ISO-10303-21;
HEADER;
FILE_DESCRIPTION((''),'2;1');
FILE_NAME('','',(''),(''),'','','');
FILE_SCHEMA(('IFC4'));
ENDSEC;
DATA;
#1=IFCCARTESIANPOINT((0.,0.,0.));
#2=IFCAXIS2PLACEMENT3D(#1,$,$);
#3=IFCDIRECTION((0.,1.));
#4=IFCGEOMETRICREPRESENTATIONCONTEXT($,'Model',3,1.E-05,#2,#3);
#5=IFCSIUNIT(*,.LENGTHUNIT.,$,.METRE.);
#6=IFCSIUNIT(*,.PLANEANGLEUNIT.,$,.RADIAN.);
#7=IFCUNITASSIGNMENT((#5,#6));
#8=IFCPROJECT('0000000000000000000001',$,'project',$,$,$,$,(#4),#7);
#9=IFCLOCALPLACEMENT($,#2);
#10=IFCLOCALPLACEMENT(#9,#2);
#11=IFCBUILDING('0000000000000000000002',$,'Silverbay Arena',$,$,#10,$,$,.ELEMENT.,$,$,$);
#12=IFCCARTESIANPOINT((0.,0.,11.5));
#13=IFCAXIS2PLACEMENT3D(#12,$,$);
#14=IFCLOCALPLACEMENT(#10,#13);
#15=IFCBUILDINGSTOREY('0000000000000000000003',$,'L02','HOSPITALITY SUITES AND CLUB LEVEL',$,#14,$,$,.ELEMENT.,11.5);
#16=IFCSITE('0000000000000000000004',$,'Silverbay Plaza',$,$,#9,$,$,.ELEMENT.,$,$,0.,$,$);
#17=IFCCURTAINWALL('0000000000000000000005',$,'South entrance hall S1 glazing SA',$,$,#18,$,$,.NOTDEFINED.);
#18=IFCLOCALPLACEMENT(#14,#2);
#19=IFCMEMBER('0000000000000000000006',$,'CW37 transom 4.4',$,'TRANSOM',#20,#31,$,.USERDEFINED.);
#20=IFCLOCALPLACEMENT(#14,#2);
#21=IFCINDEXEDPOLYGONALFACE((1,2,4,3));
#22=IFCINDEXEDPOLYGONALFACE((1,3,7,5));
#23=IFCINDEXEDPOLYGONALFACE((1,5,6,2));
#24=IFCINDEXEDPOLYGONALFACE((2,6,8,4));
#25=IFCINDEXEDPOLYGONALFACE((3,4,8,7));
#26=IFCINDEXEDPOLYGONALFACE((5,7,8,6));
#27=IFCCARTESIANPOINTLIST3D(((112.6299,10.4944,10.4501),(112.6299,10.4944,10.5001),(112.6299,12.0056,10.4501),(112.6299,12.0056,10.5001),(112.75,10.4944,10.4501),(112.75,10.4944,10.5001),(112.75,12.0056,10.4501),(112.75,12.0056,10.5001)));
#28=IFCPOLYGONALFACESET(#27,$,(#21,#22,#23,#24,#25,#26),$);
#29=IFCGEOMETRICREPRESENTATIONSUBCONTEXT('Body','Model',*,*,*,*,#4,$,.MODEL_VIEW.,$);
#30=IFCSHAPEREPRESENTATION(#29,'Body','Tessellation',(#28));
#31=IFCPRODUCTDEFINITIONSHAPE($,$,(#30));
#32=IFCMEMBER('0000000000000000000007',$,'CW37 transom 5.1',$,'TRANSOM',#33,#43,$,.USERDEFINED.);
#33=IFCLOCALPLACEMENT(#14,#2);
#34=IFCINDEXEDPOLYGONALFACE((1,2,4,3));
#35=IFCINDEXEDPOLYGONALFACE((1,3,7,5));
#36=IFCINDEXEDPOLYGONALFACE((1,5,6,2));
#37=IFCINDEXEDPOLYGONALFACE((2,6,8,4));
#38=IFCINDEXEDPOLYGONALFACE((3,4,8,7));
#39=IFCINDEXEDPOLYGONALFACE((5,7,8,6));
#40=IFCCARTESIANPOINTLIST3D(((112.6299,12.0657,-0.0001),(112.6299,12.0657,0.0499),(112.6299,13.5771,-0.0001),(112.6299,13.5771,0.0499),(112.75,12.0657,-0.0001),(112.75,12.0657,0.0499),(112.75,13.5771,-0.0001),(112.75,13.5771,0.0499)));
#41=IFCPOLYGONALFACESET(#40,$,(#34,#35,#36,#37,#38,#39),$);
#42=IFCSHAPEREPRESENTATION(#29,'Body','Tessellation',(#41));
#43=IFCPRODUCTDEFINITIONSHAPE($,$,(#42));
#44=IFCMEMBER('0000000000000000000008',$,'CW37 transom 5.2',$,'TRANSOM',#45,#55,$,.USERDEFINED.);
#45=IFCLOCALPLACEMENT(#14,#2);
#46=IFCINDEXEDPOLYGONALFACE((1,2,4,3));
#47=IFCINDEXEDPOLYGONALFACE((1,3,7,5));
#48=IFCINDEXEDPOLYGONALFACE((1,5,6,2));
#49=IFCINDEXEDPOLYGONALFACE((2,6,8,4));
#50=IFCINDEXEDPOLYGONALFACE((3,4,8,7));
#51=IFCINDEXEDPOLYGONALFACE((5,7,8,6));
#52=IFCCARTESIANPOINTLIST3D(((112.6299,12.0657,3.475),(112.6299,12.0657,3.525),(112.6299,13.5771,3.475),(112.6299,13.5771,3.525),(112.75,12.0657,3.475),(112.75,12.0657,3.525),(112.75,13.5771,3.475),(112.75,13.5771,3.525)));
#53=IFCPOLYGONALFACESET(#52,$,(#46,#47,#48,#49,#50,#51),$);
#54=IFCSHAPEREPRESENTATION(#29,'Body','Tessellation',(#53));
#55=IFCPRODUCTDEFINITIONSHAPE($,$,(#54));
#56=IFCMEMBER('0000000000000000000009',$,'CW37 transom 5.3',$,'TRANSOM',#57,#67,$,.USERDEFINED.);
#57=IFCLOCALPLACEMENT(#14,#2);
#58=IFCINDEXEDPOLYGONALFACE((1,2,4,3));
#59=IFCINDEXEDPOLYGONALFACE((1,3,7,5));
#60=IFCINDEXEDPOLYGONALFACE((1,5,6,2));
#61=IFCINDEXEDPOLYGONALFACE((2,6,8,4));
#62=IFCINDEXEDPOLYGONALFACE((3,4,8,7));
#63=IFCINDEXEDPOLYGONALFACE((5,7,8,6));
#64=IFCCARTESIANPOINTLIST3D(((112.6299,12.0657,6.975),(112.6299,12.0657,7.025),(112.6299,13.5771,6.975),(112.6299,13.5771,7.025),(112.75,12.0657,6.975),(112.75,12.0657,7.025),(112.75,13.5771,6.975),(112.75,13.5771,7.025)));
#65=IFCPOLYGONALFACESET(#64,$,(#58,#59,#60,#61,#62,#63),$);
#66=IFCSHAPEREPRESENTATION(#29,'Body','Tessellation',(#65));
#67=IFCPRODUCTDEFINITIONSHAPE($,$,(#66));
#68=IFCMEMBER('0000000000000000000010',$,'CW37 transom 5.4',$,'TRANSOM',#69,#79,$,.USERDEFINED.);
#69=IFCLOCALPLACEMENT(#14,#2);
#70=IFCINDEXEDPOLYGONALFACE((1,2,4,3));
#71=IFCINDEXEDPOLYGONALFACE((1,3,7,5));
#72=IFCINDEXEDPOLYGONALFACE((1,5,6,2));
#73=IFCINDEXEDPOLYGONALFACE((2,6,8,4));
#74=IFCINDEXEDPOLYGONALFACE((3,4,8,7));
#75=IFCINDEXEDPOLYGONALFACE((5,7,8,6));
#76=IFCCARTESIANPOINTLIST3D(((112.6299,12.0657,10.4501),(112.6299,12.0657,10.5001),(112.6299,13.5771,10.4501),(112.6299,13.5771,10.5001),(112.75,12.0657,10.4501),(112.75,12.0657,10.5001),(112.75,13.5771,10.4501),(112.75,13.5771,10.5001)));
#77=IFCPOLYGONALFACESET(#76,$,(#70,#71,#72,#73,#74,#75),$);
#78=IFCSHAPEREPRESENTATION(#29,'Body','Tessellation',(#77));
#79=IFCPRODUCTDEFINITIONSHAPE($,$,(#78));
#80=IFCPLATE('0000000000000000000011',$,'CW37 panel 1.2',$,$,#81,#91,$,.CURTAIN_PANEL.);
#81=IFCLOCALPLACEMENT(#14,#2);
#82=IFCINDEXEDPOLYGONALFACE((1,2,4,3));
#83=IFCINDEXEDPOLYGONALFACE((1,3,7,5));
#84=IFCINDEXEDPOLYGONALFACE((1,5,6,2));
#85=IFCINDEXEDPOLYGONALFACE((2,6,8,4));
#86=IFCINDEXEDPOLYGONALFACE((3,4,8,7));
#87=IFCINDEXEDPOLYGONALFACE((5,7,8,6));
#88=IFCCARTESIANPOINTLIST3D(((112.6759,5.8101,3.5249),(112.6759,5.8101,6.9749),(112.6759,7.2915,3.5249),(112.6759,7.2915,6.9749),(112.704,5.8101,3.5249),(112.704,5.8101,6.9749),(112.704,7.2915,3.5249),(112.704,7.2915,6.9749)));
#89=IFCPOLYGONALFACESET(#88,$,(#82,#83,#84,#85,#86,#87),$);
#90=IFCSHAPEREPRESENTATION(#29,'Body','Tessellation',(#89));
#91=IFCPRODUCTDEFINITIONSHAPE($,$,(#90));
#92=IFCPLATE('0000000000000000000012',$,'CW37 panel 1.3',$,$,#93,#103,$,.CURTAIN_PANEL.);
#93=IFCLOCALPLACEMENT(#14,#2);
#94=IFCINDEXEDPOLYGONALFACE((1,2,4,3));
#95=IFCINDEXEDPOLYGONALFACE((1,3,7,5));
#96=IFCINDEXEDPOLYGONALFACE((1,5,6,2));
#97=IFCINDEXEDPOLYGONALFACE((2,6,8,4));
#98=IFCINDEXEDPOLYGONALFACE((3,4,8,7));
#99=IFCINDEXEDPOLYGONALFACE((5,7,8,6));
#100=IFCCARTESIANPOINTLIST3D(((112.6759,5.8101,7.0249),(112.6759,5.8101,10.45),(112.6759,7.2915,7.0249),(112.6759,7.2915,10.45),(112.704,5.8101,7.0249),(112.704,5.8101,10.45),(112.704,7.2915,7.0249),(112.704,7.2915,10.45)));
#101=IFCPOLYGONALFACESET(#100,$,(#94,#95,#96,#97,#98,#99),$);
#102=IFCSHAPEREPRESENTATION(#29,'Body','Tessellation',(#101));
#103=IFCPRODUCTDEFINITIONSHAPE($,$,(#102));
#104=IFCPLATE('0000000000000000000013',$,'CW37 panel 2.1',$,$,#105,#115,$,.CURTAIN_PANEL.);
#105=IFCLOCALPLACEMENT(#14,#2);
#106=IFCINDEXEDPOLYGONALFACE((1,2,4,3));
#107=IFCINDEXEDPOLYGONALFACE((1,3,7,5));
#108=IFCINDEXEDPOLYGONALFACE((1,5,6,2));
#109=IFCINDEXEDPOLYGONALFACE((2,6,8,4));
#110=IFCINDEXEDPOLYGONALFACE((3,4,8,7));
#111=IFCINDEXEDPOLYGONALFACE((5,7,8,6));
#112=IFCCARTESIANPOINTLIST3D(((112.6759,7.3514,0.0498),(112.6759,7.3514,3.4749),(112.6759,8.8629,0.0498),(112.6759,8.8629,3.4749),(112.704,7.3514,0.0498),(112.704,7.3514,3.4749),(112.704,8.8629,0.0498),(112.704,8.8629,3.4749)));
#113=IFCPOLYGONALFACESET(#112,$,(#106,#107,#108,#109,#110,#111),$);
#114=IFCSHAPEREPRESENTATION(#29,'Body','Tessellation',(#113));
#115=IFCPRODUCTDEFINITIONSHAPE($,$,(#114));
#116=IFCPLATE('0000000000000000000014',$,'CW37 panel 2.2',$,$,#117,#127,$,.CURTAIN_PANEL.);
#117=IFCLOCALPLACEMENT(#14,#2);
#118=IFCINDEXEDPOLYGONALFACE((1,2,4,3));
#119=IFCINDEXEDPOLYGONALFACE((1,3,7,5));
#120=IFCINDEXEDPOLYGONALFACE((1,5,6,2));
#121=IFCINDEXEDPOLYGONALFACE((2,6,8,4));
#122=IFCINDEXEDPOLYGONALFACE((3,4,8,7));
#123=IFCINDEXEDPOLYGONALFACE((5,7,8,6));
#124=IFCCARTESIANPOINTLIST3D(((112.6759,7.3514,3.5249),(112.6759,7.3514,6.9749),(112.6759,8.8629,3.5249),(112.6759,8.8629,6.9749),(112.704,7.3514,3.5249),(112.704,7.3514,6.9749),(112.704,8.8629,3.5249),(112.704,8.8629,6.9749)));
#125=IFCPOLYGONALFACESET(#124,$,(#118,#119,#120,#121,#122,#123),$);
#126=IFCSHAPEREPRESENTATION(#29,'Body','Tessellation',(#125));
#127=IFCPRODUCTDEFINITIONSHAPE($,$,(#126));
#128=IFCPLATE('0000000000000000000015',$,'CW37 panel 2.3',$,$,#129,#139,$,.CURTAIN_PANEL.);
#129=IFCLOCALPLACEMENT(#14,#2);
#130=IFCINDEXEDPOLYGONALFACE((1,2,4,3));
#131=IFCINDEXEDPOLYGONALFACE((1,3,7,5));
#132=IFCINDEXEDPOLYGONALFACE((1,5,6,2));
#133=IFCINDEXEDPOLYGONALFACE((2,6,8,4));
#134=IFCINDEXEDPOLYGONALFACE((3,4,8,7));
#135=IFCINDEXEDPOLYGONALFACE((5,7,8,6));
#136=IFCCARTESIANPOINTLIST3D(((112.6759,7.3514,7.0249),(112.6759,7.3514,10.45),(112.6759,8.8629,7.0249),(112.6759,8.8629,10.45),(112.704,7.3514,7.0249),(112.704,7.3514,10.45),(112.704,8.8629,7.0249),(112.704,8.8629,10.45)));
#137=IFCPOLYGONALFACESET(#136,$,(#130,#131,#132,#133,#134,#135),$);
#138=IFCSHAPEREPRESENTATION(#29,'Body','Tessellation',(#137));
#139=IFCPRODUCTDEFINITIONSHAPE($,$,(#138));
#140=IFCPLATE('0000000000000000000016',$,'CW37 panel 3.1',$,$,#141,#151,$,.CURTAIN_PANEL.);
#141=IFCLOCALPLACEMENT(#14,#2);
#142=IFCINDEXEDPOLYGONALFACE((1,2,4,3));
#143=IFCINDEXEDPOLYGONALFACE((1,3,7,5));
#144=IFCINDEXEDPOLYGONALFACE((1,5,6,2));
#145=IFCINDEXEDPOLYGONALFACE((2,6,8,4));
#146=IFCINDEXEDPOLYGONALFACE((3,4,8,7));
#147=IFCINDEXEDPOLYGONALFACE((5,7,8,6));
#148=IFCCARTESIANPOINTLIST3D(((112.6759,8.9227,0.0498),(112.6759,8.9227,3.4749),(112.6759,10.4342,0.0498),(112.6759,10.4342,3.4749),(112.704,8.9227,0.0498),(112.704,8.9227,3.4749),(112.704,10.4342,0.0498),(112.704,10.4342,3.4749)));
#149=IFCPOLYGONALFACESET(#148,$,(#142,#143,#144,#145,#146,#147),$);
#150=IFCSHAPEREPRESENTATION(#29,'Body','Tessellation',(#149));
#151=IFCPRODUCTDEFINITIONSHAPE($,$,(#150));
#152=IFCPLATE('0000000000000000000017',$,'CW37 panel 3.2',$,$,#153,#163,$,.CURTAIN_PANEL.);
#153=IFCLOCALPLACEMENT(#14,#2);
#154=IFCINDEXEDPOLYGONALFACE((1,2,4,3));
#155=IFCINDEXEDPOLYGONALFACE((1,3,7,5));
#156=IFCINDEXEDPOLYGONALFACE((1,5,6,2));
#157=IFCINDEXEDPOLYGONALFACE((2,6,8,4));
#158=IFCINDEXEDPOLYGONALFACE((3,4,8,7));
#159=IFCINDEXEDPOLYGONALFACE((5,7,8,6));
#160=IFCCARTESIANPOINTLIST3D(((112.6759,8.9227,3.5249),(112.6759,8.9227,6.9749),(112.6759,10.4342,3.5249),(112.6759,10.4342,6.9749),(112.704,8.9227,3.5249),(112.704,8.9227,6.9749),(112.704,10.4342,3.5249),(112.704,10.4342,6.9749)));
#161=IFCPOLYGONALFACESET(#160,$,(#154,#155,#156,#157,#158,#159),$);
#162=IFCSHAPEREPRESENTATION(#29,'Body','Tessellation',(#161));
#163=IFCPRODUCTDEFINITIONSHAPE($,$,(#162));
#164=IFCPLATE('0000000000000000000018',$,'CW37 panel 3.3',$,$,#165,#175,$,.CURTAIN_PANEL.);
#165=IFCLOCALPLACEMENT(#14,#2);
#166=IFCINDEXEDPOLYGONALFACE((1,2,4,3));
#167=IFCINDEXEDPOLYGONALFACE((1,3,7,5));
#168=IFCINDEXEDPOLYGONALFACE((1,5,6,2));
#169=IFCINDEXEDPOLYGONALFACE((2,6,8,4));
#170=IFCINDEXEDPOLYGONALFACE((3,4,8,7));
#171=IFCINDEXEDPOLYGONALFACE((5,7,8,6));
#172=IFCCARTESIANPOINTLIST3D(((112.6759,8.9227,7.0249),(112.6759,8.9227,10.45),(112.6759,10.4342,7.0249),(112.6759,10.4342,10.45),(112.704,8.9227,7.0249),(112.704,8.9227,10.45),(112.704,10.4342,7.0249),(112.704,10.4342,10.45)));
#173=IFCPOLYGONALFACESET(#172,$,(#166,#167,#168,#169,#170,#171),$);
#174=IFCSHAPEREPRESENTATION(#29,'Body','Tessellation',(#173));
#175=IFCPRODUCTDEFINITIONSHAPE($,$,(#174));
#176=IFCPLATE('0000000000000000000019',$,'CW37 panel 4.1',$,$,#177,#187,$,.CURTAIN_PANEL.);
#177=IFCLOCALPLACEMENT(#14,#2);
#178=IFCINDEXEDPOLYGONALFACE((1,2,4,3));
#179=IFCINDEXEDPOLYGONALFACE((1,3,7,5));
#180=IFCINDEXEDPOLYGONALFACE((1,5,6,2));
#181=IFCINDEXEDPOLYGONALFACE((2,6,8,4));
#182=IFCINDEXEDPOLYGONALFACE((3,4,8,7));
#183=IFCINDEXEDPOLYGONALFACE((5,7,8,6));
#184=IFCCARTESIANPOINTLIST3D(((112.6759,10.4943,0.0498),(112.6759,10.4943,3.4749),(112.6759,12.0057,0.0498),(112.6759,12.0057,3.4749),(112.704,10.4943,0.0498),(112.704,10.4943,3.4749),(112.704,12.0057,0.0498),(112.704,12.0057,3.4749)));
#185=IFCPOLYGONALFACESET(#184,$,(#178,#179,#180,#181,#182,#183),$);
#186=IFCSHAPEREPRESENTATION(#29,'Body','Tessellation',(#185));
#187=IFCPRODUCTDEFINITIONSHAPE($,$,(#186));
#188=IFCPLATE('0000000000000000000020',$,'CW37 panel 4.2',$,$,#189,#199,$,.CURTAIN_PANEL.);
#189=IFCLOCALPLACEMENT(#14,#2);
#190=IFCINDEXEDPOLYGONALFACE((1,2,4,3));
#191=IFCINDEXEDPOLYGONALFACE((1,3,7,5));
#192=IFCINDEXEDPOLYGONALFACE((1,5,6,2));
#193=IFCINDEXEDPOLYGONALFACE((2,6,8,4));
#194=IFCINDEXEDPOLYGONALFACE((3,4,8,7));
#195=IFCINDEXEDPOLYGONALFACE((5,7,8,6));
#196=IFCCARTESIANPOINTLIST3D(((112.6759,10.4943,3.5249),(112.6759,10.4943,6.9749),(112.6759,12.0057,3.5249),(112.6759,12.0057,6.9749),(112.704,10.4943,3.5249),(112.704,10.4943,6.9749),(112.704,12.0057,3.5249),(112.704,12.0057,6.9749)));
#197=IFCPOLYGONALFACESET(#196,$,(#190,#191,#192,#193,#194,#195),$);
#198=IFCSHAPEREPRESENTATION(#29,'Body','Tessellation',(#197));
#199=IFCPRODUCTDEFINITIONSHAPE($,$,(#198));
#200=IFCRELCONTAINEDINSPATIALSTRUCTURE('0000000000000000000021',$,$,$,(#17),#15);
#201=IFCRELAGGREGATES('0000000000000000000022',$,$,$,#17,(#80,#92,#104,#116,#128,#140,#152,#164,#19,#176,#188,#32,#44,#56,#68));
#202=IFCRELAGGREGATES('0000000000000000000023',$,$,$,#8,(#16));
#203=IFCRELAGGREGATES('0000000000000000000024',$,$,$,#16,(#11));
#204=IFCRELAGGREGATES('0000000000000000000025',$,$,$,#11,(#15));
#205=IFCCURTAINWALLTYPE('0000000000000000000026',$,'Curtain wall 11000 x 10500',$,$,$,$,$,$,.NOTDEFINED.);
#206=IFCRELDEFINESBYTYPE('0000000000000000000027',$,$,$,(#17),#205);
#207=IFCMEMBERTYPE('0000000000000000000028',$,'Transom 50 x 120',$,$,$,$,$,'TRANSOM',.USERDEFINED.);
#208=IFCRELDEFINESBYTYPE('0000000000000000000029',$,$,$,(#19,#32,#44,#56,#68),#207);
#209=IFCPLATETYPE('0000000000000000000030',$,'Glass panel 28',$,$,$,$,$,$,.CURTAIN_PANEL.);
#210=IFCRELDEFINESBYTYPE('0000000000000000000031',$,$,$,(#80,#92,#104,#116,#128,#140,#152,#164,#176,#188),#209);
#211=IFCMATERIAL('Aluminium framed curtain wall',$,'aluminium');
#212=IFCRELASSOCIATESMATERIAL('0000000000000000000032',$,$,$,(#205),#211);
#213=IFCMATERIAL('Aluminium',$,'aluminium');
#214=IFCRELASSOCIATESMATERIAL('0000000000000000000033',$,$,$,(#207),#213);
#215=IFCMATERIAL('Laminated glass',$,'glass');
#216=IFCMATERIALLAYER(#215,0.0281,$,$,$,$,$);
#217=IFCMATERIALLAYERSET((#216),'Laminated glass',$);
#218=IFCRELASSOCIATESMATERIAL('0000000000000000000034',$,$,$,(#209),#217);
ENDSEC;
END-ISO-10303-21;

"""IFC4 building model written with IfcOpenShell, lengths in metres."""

from ifc_helpers import new_model, si_unit, direction, frame, origin, origin_2d, place, context, subcontext, project, spatial, rectangle, extrude, material, layer, layer_set, material_profile, profile_set, type_object, element, aggregate, save


model = new_model("IFC4")

# Units and contexts
model_context = context("Model", 3, precision=1e-05, world=origin(), true_north=direction((0.0, 1.0)))
body_context = subcontext(model_context, "Body", "Model", "MODEL_VIEW")
ifc_project = project(units=[si_unit("LENGTHUNIT", "METRE"), si_unit("PLANEANGLEUNIT", "RADIAN")], contexts=[model_context])

# Site, building, storey
site_placement = place(None, origin())
site = spatial("IfcSite", under=ifc_project, at=site_placement, Name="Silverbay Plaza", CompositionType="ELEMENT", RefElevation=0.0)
building_placement = place(site_placement, origin())
building = spatial("IfcBuilding", under=site, at=building_placement, Name="Silverbay Arena", CompositionType="ELEMENT")
storey_placement = place(building_placement, frame((0.0, 0.0, 11.5)))
storey = spatial("IfcBuildingStorey", under=building, at=storey_placement, Name="L02", Description="HOSPITALITY SUITES AND CLUB LEVEL", CompositionType="ELEMENT", Elevation=11.5)

# Curtain wall, members, plates
ifc_material_1 = material(Name="Aluminium framed curtain wall", Category="aluminium")
curtain_wall_type = type_object("IfcCurtainWallType", Name="Curtain wall 11000 x 10500", PredefinedType="NOTDEFINED", material=ifc_material_1)
curtain_wall_placement = place(storey_placement, origin())
curtain_wall = element("IfcCurtainWall", 1, at=curtain_wall_placement, inside=storey, type_object=curtain_wall_type, Name="South entrance hall S1 glazing SA", PredefinedType="NOTDEFINED")
ifc_material_2 = material(Name="Aluminium", Category="aluminium")
ifc_material_profile_1 = material_profile(ifc_material_2, rectangle(XDim=0.1201, YDim=0.05, at=origin_2d()), Name="Transom 50 x 120")
ifc_profile_set_1 = profile_set([ifc_material_profile_1], Name="Aluminium")
member_type_1 = type_object("IfcMemberType", Name="Transom 50 x 120", ElementType="TRANSOM", PredefinedType="USERDEFINED", material=ifc_profile_set_1)
member_1_placement = place(storey_placement, frame((112.6899, 10.4944, 10.4751), z_axis=(0.0, 1.0, 0.0), x_axis=(-1.0, 0.0, 0.0)))
member_1 = element("IfcMember", 2, at=member_1_placement, type_object=member_type_1, Name="CW37 transom 4.4", ObjectType="TRANSOM", PredefinedType="USERDEFINED", context=body_context, shape_type="SweptSolid", body=[
    extrude(rectangle(XDim=0.1201, YDim=0.05, at=origin_2d()), origin(), (0.0, 0.0, 1.0), 1.5112),
])
member_2_placement = place(storey_placement, frame((112.6899, 12.0657, 0.0249), z_axis=(0.0, 1.0, 0.0), x_axis=(-1.0, 0.0, 0.0)))
member_2 = element("IfcMember", 3, at=member_2_placement, type_object=member_type_1, Name="CW37 transom 5.1", ObjectType="TRANSOM", PredefinedType="USERDEFINED", context=body_context, shape_type="SweptSolid", body=[
    extrude(rectangle(XDim=0.1201, YDim=0.05, at=origin_2d()), origin(), (0.0, 0.0, 1.0), 1.5115),
])
member_3_placement = place(storey_placement, frame((112.6899, 12.0657, 3.5), z_axis=(0.0, 1.0, 0.0), x_axis=(-1.0, 0.0, 0.0)))
member_3 = element("IfcMember", 4, at=member_3_placement, type_object=member_type_1, Name="CW37 transom 5.2", ObjectType="TRANSOM", PredefinedType="USERDEFINED", context=body_context, shape_type="SweptSolid", body=[
    extrude(rectangle(XDim=0.1201, YDim=0.05, at=origin_2d()), origin(), (0.0, 0.0, 1.0), 1.5115),
])
member_4_placement = place(storey_placement, frame((112.6899, 12.0657, 7.0), z_axis=(0.0, 1.0, 0.0), x_axis=(-1.0, 0.0, 0.0)))
member_4 = element("IfcMember", 5, at=member_4_placement, type_object=member_type_1, Name="CW37 transom 5.3", ObjectType="TRANSOM", PredefinedType="USERDEFINED", context=body_context, shape_type="SweptSolid", body=[
    extrude(rectangle(XDim=0.1201, YDim=0.05, at=origin_2d()), origin(), (0.0, 0.0, 1.0), 1.5115),
])
member_5_placement = place(storey_placement, frame((112.6899, 12.0657, 10.4751), z_axis=(0.0, 1.0, 0.0), x_axis=(-1.0, 0.0, 0.0)))
member_5 = element("IfcMember", 6, at=member_5_placement, type_object=member_type_1, Name="CW37 transom 5.4", ObjectType="TRANSOM", PredefinedType="USERDEFINED", context=body_context, shape_type="SweptSolid", body=[
    extrude(rectangle(XDim=0.1201, YDim=0.05, at=origin_2d()), origin(), (0.0, 0.0, 1.0), 1.5115),
])
ifc_material_3 = material(Name="Laminated glass", Category="glass")
ifc_layer = layer(ifc_material_3, 0.0281)
ifc_layer_set = layer_set([ifc_layer], Name="Laminated glass")
plate_type = type_object("IfcPlateType", Name="Glass panel 28", PredefinedType="CURTAIN_PANEL", material=ifc_layer_set)
plate_1_placement = place(storey_placement, frame((112.6899, 6.5508, 3.5249), z_axis=(0.0, 0.0, 1.0), x_axis=(0.0, 1.0, 0.0)))
plate_1 = element("IfcPlate", 7, at=plate_1_placement, type_object=plate_type, Name="CW37 panel 1.2", PredefinedType="CURTAIN_PANEL", context=body_context, shape_type="SweptSolid", body=[
    extrude(rectangle(XDim=1.4814, YDim=0.0281, at=origin_2d()), origin(), (0.0, 0.0, 1.0), 3.45),
])
plate_2_placement = place(storey_placement, frame((112.6899, 6.5508, 7.0249), z_axis=(0.0, 0.0, 1.0), x_axis=(0.0, 1.0, 0.0)))
plate_2 = element("IfcPlate", 8, at=plate_2_placement, type_object=plate_type, Name="CW37 panel 1.3", PredefinedType="CURTAIN_PANEL", context=body_context, shape_type="SweptSolid", body=[
    extrude(rectangle(XDim=1.4814, YDim=0.0281, at=origin_2d()), origin(), (0.0, 0.0, 1.0), 3.425),
])
plate_3_placement = place(storey_placement, frame((112.6899, 8.1072, 0.0498), z_axis=(0.0, 0.0, 1.0), x_axis=(0.0, 1.0, 0.0)))
plate_3 = element("IfcPlate", 9, at=plate_3_placement, type_object=plate_type, Name="CW37 panel 2.1", PredefinedType="CURTAIN_PANEL", context=body_context, shape_type="SweptSolid", body=[
    extrude(rectangle(XDim=1.5115, YDim=0.0281, at=origin_2d()), origin(), (0.0, 0.0, 1.0), 3.425),
])
plate_4_placement = place(storey_placement, frame((112.6899, 8.1072, 3.5249), z_axis=(0.0, 0.0, 1.0), x_axis=(0.0, 1.0, 0.0)))
plate_4 = element("IfcPlate", 10, at=plate_4_placement, type_object=plate_type, Name="CW37 panel 2.2", PredefinedType="CURTAIN_PANEL", context=body_context, shape_type="SweptSolid", body=[
    extrude(rectangle(XDim=1.5115, YDim=0.0281, at=origin_2d()), origin(), (0.0, 0.0, 1.0), 3.45),
])
plate_5_placement = place(storey_placement, frame((112.6899, 8.1072, 7.0249), z_axis=(0.0, 0.0, 1.0), x_axis=(0.0, 1.0, 0.0)))
plate_5 = element("IfcPlate", 11, at=plate_5_placement, type_object=plate_type, Name="CW37 panel 2.3", PredefinedType="CURTAIN_PANEL", context=body_context, shape_type="SweptSolid", body=[
    extrude(rectangle(XDim=1.5115, YDim=0.0281, at=origin_2d()), origin(), (0.0, 0.0, 1.0), 3.425),
])
plate_6_placement = place(storey_placement, frame((112.6899, 9.6785, 0.0498), z_axis=(0.0, 0.0, 1.0), x_axis=(0.0, 1.0, 0.0)))
plate_6 = element("IfcPlate", 12, at=plate_6_placement, type_object=plate_type, Name="CW37 panel 3.1", PredefinedType="CURTAIN_PANEL", context=body_context, shape_type="SweptSolid", body=[
    extrude(rectangle(XDim=1.5115, YDim=0.0281, at=origin_2d()), origin(), (0.0, 0.0, 1.0), 3.425),
])
plate_7_placement = place(storey_placement, frame((112.6899, 9.6785, 3.5249), z_axis=(0.0, 0.0, 1.0), x_axis=(0.0, 1.0, 0.0)))
plate_7 = element("IfcPlate", 13, at=plate_7_placement, type_object=plate_type, Name="CW37 panel 3.2", PredefinedType="CURTAIN_PANEL", context=body_context, shape_type="SweptSolid", body=[
    extrude(rectangle(XDim=1.5115, YDim=0.0281, at=origin_2d()), origin(), (0.0, 0.0, 1.0), 3.45),
])
plate_8_placement = place(storey_placement, frame((112.6899, 9.6785, 7.0249), z_axis=(0.0, 0.0, 1.0), x_axis=(0.0, 1.0, 0.0)))
plate_8 = element("IfcPlate", 14, at=plate_8_placement, type_object=plate_type, Name="CW37 panel 3.3", PredefinedType="CURTAIN_PANEL", context=body_context, shape_type="SweptSolid", body=[
    extrude(rectangle(XDim=1.5115, YDim=0.0281, at=origin_2d()), origin(), (0.0, 0.0, 1.0), 3.425),
])
plate_9_placement = place(storey_placement, frame((112.6899, 11.25, 0.0498), z_axis=(0.0, 0.0, 1.0), x_axis=(0.0, 1.0, 0.0)))
plate_9 = element("IfcPlate", 15, at=plate_9_placement, type_object=plate_type, Name="CW37 panel 4.1", PredefinedType="CURTAIN_PANEL", context=body_context, shape_type="SweptSolid", body=[
    extrude(rectangle(XDim=1.5115, YDim=0.0281, at=origin_2d()), origin(), (0.0, 0.0, 1.0), 3.425),
])
plate_10_placement = place(storey_placement, frame((112.6899, 11.25, 3.5249), z_axis=(0.0, 0.0, 1.0), x_axis=(0.0, 1.0, 0.0)))
plate_10 = element("IfcPlate", 16, at=plate_10_placement, type_object=plate_type, Name="CW37 panel 4.2", PredefinedType="CURTAIN_PANEL", context=body_context, shape_type="SweptSolid", body=[
    extrude(rectangle(XDim=1.5115, YDim=0.0281, at=origin_2d()), origin(), (0.0, 0.0, 1.0), 3.45),
])
aggregate(curtain_wall, [plate_1, plate_2, plate_3, plate_4, plate_5, plate_6, plate_7, plate_8, member_1, plate_9, plate_10, member_2, member_3, member_4, member_5])

save(model, "model.ifc")
